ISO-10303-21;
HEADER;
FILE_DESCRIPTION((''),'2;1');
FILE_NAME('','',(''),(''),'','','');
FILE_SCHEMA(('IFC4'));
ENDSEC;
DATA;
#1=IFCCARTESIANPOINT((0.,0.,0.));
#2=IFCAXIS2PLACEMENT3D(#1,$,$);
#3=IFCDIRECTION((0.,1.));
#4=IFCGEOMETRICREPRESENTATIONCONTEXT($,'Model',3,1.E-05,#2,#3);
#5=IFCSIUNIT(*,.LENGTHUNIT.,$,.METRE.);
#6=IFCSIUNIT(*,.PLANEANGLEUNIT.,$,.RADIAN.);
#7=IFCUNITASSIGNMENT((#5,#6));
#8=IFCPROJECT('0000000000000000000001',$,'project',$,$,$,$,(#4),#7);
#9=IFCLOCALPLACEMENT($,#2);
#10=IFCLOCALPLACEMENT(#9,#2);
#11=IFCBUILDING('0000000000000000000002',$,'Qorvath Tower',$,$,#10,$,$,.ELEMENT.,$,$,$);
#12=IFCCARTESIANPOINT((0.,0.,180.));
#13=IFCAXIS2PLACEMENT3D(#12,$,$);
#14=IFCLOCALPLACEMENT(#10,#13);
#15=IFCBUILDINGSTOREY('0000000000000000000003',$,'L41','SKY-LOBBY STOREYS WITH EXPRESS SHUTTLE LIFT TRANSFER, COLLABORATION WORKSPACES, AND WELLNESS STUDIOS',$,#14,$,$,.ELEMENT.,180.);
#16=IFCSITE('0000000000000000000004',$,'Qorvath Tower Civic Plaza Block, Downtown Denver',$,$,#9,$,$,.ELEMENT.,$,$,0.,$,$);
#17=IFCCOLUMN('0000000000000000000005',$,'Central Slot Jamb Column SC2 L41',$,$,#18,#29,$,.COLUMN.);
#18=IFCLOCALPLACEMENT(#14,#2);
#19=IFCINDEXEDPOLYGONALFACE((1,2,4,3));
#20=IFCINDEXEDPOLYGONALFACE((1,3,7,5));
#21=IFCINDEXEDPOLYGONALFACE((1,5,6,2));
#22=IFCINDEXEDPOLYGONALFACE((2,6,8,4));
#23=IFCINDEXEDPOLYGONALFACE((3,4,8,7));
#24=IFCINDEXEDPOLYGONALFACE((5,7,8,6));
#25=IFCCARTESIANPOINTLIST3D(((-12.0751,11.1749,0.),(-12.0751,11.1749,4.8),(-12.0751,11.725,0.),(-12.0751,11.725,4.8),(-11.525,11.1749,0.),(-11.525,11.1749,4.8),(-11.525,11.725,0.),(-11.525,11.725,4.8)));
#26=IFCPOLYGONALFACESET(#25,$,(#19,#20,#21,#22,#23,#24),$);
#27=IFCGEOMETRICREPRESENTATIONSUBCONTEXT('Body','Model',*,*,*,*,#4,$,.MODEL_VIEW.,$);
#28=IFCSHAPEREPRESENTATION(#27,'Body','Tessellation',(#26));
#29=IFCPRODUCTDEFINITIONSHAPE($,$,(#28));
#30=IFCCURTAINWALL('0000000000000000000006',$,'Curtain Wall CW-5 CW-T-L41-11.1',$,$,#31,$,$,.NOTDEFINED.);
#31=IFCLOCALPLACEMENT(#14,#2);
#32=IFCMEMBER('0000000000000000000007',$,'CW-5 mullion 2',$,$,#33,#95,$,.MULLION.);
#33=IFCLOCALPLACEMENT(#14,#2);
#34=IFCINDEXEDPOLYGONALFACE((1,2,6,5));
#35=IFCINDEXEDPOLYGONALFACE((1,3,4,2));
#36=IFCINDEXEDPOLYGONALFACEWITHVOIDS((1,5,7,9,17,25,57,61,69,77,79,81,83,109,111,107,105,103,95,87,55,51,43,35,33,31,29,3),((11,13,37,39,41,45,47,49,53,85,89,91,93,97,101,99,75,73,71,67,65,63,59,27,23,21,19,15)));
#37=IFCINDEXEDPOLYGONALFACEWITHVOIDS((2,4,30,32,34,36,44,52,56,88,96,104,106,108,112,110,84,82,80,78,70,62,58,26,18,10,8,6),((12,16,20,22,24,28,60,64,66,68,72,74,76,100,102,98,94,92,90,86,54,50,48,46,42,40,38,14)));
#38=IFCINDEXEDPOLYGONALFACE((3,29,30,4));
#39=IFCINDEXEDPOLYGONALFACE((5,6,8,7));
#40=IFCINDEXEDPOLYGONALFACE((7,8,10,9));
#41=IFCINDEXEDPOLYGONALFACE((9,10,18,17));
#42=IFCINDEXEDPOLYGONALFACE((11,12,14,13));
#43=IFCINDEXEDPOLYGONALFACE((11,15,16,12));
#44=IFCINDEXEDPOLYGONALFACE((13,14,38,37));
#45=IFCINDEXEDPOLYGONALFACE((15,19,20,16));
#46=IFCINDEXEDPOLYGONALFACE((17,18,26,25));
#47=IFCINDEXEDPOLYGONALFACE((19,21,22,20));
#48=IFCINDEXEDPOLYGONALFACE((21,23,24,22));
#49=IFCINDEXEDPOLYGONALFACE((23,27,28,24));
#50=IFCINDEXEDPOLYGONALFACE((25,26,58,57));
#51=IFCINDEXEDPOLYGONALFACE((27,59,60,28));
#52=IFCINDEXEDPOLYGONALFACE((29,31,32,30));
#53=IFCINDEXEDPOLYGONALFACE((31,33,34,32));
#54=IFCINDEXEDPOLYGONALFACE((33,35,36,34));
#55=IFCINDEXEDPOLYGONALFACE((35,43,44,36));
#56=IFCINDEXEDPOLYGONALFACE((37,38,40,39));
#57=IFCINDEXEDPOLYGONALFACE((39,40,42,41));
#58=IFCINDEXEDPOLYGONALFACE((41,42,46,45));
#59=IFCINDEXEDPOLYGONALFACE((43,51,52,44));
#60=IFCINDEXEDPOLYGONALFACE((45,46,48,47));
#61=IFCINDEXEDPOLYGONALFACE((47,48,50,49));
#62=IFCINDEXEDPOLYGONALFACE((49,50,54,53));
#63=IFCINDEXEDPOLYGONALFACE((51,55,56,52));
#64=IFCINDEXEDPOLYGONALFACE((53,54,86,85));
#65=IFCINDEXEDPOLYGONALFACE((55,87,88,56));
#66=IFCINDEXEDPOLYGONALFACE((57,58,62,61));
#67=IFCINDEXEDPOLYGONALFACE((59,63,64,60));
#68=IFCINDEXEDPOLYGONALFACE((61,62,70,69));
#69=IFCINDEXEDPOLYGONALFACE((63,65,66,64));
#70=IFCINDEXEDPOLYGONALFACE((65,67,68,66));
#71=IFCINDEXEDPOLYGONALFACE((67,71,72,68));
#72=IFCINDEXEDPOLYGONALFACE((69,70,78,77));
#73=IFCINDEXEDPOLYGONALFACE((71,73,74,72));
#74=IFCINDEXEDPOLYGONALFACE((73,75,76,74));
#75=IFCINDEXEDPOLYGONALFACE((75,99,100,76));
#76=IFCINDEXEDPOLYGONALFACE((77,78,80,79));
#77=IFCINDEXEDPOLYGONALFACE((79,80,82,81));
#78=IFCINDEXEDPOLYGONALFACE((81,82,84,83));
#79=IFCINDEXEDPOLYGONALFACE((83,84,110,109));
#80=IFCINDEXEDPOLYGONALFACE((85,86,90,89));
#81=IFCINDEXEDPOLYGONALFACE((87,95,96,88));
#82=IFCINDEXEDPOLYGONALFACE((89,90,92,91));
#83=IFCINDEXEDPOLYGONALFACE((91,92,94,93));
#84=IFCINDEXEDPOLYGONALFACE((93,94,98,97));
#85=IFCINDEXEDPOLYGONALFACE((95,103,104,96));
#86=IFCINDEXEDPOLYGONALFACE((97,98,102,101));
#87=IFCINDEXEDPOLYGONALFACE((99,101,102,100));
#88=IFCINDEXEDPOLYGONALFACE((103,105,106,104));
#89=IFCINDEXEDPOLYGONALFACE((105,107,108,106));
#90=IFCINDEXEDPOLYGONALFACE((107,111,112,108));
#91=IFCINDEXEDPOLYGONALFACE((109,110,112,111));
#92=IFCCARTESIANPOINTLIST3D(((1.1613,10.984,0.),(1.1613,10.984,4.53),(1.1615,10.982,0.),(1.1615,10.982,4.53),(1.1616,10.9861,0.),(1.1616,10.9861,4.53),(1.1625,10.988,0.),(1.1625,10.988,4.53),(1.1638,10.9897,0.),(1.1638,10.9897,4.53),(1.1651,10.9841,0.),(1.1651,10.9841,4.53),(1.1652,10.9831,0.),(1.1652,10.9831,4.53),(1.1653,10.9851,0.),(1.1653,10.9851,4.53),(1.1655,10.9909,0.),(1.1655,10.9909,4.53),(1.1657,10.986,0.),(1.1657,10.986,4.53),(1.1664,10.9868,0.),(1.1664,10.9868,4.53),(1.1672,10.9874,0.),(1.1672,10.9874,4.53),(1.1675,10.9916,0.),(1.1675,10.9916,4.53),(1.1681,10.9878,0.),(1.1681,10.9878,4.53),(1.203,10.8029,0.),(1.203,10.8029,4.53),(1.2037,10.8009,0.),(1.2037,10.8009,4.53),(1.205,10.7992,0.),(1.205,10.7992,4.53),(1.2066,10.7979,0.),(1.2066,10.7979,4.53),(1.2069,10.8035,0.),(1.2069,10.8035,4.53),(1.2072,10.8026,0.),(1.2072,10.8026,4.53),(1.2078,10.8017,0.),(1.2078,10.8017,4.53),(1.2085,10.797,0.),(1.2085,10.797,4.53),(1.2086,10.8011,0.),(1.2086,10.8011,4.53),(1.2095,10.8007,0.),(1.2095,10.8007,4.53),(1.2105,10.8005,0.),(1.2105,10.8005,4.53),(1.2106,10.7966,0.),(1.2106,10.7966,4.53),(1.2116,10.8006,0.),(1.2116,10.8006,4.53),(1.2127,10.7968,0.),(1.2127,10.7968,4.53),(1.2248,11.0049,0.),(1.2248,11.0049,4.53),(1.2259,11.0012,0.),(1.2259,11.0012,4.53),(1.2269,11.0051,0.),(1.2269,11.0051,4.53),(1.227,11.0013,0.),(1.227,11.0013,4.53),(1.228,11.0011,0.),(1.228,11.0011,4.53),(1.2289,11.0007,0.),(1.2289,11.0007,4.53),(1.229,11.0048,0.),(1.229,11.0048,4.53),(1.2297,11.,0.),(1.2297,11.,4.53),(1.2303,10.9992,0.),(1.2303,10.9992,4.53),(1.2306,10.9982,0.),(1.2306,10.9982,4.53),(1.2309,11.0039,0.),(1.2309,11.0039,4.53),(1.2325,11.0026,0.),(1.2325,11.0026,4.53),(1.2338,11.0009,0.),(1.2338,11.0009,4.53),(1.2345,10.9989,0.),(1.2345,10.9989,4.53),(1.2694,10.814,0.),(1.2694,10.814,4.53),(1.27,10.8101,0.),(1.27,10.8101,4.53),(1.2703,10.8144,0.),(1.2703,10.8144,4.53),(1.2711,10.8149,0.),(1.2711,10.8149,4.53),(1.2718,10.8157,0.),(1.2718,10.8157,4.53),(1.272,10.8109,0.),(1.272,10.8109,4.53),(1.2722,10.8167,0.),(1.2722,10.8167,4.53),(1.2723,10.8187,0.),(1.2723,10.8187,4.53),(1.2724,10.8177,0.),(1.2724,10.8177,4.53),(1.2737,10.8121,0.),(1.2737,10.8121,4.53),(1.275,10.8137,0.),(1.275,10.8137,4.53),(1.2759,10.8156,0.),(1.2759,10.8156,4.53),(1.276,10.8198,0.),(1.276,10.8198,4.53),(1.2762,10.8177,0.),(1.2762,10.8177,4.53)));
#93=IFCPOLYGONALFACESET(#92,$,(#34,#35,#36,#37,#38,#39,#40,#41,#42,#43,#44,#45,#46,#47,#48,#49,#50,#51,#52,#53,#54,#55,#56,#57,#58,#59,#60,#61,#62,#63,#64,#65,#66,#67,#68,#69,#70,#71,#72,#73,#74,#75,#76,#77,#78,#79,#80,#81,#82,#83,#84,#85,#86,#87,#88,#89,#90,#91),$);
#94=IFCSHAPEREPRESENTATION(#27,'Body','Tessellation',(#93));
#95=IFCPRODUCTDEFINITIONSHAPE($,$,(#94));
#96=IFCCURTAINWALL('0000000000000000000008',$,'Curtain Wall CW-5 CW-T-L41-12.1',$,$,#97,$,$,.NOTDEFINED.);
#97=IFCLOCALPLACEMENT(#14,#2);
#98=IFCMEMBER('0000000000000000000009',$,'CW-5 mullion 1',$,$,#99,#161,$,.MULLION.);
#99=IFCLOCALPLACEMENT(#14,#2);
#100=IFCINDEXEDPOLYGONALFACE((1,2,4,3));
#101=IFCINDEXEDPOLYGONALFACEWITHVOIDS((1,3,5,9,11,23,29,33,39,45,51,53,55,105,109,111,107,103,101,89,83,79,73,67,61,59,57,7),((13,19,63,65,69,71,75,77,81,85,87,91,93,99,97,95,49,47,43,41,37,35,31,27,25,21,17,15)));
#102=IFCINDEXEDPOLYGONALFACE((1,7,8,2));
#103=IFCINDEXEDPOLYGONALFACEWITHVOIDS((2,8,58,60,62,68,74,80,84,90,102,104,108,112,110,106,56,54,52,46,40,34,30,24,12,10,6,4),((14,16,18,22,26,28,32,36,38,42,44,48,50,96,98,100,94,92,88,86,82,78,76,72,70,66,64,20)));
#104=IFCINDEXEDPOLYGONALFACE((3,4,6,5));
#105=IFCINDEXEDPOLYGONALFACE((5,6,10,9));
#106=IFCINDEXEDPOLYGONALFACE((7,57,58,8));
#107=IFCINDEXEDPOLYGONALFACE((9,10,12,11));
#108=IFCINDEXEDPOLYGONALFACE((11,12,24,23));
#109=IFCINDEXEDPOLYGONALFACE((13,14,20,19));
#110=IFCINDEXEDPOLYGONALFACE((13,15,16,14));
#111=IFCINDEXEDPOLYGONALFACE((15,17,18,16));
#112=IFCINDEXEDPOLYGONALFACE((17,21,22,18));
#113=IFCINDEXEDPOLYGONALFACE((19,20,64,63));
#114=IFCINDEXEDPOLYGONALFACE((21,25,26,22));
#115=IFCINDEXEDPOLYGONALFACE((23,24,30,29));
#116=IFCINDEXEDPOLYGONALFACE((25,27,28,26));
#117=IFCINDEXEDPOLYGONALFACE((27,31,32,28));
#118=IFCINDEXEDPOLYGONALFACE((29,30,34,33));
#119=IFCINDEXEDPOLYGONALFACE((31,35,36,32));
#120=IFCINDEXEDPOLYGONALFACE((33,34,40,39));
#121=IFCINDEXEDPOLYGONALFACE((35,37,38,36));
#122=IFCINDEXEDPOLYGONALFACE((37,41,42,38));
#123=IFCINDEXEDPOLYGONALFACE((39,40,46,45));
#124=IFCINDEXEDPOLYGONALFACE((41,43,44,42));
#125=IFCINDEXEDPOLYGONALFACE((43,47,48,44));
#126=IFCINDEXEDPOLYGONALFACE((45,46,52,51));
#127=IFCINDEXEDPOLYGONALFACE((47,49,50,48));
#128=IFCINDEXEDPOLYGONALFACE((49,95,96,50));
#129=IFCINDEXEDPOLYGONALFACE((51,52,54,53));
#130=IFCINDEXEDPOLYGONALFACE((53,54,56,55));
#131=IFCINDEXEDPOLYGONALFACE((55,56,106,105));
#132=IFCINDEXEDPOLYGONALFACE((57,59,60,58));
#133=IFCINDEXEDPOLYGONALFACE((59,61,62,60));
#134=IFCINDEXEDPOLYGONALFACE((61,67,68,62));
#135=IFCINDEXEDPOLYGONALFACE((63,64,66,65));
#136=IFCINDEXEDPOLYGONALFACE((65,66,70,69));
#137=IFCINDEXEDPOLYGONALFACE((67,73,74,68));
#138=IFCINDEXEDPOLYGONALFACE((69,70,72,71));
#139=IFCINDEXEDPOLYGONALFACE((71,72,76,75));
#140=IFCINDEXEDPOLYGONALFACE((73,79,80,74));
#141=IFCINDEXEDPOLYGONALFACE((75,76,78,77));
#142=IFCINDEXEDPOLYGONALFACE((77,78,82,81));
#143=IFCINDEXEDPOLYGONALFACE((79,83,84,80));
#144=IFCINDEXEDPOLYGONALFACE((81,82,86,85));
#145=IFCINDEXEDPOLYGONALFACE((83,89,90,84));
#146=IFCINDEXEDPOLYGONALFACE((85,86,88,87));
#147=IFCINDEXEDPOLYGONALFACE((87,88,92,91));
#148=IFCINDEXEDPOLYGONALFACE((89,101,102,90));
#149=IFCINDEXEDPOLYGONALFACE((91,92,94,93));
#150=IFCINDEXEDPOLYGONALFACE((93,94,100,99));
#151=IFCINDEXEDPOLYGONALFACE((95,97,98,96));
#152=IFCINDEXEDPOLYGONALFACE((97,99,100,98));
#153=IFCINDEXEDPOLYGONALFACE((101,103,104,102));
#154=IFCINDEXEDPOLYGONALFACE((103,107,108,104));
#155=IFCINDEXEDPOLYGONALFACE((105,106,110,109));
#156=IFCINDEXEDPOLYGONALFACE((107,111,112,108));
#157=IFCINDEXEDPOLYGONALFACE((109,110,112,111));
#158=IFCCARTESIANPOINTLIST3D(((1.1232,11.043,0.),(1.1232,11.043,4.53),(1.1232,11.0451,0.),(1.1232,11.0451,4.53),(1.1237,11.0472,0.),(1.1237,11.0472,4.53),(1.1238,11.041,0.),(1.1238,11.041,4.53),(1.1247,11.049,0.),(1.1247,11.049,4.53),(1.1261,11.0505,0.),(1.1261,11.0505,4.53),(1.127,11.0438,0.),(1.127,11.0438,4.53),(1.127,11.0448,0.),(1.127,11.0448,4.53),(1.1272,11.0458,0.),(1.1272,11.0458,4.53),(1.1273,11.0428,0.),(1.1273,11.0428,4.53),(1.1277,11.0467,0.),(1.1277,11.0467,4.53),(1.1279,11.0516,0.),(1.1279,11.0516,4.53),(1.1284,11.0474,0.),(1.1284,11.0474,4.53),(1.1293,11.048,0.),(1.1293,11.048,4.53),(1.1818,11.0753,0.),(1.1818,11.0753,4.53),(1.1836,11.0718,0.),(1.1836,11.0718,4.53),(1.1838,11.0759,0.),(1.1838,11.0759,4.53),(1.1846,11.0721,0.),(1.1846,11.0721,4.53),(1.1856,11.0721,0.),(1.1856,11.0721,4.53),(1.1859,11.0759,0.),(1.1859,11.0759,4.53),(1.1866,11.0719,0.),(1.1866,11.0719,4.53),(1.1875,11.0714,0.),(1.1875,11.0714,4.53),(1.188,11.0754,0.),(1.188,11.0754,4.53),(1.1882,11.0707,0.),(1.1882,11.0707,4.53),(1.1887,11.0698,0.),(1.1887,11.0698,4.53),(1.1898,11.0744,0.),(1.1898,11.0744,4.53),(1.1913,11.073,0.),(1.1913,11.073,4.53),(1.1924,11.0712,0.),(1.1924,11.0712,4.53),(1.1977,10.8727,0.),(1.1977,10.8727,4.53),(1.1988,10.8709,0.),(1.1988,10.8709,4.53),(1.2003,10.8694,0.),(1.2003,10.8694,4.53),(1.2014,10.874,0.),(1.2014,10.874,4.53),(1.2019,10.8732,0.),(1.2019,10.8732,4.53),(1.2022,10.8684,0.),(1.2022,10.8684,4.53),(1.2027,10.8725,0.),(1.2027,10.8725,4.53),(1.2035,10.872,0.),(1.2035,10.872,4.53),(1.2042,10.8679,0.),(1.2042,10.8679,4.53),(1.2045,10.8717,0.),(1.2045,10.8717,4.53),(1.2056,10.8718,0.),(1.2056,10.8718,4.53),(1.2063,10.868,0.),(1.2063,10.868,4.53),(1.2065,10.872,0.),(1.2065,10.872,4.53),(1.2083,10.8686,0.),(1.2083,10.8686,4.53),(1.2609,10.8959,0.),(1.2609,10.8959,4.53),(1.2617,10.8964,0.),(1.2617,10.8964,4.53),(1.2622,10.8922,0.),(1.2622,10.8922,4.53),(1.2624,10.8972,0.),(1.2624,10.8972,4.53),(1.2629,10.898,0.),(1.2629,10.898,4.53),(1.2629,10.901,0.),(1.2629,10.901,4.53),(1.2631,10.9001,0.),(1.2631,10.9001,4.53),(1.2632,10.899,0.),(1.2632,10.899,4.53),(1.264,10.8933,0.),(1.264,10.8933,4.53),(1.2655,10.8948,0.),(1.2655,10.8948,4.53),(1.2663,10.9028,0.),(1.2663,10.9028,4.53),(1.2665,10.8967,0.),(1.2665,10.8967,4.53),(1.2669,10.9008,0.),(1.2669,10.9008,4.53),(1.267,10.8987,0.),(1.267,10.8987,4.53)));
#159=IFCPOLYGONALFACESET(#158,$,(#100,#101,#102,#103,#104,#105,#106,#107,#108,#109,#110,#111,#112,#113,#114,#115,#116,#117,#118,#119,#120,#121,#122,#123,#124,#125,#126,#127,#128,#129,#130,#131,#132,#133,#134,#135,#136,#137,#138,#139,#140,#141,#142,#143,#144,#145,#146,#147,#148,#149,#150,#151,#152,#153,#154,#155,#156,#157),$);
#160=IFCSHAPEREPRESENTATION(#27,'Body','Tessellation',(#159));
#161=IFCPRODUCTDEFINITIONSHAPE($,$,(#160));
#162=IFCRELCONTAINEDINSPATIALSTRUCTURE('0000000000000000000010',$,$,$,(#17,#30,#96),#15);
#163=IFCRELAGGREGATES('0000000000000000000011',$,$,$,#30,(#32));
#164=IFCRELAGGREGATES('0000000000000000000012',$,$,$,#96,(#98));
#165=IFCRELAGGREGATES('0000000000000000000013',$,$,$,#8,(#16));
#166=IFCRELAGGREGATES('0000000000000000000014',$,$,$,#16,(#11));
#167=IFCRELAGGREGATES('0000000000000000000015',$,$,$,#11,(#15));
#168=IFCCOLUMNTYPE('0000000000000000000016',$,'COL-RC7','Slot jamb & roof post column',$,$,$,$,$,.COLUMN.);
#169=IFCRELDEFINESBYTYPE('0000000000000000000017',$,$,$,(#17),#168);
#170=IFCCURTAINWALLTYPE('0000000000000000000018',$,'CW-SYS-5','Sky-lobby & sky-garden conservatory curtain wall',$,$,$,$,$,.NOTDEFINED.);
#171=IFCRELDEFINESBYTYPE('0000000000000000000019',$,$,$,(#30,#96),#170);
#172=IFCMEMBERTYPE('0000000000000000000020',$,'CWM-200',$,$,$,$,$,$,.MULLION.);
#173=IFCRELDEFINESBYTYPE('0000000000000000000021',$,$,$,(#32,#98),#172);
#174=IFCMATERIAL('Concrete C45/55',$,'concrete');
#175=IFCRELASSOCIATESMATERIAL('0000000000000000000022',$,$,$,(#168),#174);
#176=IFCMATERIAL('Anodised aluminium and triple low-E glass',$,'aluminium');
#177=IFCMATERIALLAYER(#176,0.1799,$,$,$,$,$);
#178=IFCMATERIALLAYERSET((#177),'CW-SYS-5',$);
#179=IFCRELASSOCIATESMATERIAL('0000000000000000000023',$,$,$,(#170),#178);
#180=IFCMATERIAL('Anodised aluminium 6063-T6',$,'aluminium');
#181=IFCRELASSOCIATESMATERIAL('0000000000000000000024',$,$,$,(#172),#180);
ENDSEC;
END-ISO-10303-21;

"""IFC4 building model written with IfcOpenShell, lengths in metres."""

from ifc_helpers import new_model, si_unit, direction, frame, origin, origin_2d, place, context, subcontext, project, spatial, rectangle, hollow_rectangle, extrude, material, layer, layer_set, material_profile, profile_set, type_object, element, aggregate, save


model = new_model("IFC4")

# Units and contexts
model_context = context("Model", 3, precision=1e-05, world=origin(), true_north=direction((0.0, 1.0)))
body_context = subcontext(model_context, "Body", "Model", "MODEL_VIEW")
ifc_project = project(units=[si_unit("LENGTHUNIT", "METRE"), si_unit("PLANEANGLEUNIT", "RADIAN")], contexts=[model_context])

# Site, building, storey
site_placement = place(None, origin())
site = spatial("IfcSite", under=ifc_project, at=site_placement, Name="Qorvath Tower Civic Plaza Block, Downtown Denver", CompositionType="ELEMENT", RefElevation=0.0)
building_placement = place(site_placement, origin())
building = spatial("IfcBuilding", under=site, at=building_placement, Name="Qorvath Tower", CompositionType="ELEMENT")
storey_placement = place(building_placement, frame((0.0, 0.0, 180.0)))
storey = spatial("IfcBuildingStorey", under=building, at=storey_placement, Name="L41", Description="SKY-LOBBY STOREYS WITH EXPRESS SHUTTLE LIFT TRANSFER, COLLABORATION WORKSPACES, AND WELLNESS STUDIOS", CompositionType="ELEMENT", Elevation=180.0)

# Column
ifc_material_1 = material(Name="Concrete C45/55", Category="concrete")
ifc_material_profile_1 = material_profile(ifc_material_1, rectangle(XDim=0.55, YDim=0.55, at=origin_2d()), Name="RC 550x550")
ifc_profile_set_1 = profile_set([ifc_material_profile_1], Name="Concrete C45/55")
column_type = type_object("IfcColumnType", Name="COL-RC7", Description="Slot jamb & roof post column", PredefinedType="COLUMN", material=ifc_profile_set_1)
column_placement = place(storey_placement, frame((-11.8, 11.45, 0.0), z_axis=(0.0, 0.0, 1.0), x_axis=(1.0, 0.0, 0.0)))
element("IfcColumn", 1, at=column_placement, inside=storey, type_object=column_type, Name="Central Slot Jamb Column SC2 L41", PredefinedType="COLUMN", context=body_context, shape_type="SweptSolid", body=[
    extrude(rectangle(XDim=0.55, YDim=0.55, at=origin_2d()), origin(), (0.0, 0.0, 1.0), 4.8),
])

# Curtain wall, member
ifc_material_2 = material(Name="Anodised aluminium and triple low-E glass", Category="aluminium")
ifc_layer_1 = layer(ifc_material_2, 0.1799)
ifc_layer_set_1 = layer_set([ifc_layer_1], Name="CW-SYS-5")
curtain_wall_type = type_object("IfcCurtainWallType", Name="CW-SYS-5", Description="Sky-lobby & sky-garden conservatory curtain wall", PredefinedType="NOTDEFINED", material=ifc_layer_set_1)
curtain_wall_1_placement = place(storey_placement, origin())
curtain_wall_1 = element("IfcCurtainWall", 2, at=curtain_wall_1_placement, inside=storey, type_object=curtain_wall_type, Name="Curtain Wall CW-5 CW-T-L41-11.1", PredefinedType="NOTDEFINED")
ifc_material_3 = material(Name="Anodised aluminium 6063-T6", Category="aluminium")
ifc_material_profile_2 = material_profile(ifc_material_3, hollow_rectangle(XDim=0.075, YDim=0.2, WallThickness=0.0039, InnerFilletRadius=0.0039, OuterFilletRadius=0.0081, at=origin_2d()), Name="CWM 200x75")
ifc_profile_set_2 = profile_set([ifc_material_profile_2], Name="Anodised aluminium 6063-T6")
member_type_1 = type_object("IfcMemberType", Name="CWM-200", PredefinedType="MULLION", material=ifc_profile_set_2)
member_1_placement = place(storey_placement, frame((1.2188, 10.9009, 0.0), z_axis=(0.0, 0.0, 1.0), x_axis=(-0.974145, -0.225923, 0.0)))
member_1 = element("IfcMember", 3, at=member_1_placement, type_object=member_type_1, Name="CW-5 mullion 2", PredefinedType="MULLION", context=body_context, shape_type="SweptSolid", body=[
    extrude(hollow_rectangle(XDim=0.075, YDim=0.2, WallThickness=0.0039, InnerFilletRadius=0.0039, OuterFilletRadius=0.0081, at=origin_2d()), origin(), (0.0, 0.0, 1.0), 4.53),
])
aggregate(curtain_wall_1, [member_1])

# Curtain wall, member
curtain_wall_2_placement = place(storey_placement, origin())
curtain_wall_2 = element("IfcCurtainWall", 4, at=curtain_wall_2_placement, inside=storey, type_object=curtain_wall_type, Name="Curtain Wall CW-5 CW-T-L41-12.1", PredefinedType="NOTDEFINED")
member_2_placement = place(storey_placement, frame((1.1951, 10.9719, 0.0), z_axis=(0.0, 0.0, 1.0), x_axis=(-0.915613, -0.402062, 0.0)))
member_2 = element("IfcMember", 5, at=member_2_placement, type_object=member_type_1, Name="CW-5 mullion 1", PredefinedType="MULLION", context=body_context, shape_type="SweptSolid", body=[
    extrude(hollow_rectangle(XDim=0.075, YDim=0.2, WallThickness=0.0039, InnerFilletRadius=0.0039, OuterFilletRadius=0.0081, at=origin_2d()), origin(), (0.0, 0.0, 1.0), 4.53),
])

aggregate(curtain_wall_2, [member_2])

save(model, "model.ifc")
